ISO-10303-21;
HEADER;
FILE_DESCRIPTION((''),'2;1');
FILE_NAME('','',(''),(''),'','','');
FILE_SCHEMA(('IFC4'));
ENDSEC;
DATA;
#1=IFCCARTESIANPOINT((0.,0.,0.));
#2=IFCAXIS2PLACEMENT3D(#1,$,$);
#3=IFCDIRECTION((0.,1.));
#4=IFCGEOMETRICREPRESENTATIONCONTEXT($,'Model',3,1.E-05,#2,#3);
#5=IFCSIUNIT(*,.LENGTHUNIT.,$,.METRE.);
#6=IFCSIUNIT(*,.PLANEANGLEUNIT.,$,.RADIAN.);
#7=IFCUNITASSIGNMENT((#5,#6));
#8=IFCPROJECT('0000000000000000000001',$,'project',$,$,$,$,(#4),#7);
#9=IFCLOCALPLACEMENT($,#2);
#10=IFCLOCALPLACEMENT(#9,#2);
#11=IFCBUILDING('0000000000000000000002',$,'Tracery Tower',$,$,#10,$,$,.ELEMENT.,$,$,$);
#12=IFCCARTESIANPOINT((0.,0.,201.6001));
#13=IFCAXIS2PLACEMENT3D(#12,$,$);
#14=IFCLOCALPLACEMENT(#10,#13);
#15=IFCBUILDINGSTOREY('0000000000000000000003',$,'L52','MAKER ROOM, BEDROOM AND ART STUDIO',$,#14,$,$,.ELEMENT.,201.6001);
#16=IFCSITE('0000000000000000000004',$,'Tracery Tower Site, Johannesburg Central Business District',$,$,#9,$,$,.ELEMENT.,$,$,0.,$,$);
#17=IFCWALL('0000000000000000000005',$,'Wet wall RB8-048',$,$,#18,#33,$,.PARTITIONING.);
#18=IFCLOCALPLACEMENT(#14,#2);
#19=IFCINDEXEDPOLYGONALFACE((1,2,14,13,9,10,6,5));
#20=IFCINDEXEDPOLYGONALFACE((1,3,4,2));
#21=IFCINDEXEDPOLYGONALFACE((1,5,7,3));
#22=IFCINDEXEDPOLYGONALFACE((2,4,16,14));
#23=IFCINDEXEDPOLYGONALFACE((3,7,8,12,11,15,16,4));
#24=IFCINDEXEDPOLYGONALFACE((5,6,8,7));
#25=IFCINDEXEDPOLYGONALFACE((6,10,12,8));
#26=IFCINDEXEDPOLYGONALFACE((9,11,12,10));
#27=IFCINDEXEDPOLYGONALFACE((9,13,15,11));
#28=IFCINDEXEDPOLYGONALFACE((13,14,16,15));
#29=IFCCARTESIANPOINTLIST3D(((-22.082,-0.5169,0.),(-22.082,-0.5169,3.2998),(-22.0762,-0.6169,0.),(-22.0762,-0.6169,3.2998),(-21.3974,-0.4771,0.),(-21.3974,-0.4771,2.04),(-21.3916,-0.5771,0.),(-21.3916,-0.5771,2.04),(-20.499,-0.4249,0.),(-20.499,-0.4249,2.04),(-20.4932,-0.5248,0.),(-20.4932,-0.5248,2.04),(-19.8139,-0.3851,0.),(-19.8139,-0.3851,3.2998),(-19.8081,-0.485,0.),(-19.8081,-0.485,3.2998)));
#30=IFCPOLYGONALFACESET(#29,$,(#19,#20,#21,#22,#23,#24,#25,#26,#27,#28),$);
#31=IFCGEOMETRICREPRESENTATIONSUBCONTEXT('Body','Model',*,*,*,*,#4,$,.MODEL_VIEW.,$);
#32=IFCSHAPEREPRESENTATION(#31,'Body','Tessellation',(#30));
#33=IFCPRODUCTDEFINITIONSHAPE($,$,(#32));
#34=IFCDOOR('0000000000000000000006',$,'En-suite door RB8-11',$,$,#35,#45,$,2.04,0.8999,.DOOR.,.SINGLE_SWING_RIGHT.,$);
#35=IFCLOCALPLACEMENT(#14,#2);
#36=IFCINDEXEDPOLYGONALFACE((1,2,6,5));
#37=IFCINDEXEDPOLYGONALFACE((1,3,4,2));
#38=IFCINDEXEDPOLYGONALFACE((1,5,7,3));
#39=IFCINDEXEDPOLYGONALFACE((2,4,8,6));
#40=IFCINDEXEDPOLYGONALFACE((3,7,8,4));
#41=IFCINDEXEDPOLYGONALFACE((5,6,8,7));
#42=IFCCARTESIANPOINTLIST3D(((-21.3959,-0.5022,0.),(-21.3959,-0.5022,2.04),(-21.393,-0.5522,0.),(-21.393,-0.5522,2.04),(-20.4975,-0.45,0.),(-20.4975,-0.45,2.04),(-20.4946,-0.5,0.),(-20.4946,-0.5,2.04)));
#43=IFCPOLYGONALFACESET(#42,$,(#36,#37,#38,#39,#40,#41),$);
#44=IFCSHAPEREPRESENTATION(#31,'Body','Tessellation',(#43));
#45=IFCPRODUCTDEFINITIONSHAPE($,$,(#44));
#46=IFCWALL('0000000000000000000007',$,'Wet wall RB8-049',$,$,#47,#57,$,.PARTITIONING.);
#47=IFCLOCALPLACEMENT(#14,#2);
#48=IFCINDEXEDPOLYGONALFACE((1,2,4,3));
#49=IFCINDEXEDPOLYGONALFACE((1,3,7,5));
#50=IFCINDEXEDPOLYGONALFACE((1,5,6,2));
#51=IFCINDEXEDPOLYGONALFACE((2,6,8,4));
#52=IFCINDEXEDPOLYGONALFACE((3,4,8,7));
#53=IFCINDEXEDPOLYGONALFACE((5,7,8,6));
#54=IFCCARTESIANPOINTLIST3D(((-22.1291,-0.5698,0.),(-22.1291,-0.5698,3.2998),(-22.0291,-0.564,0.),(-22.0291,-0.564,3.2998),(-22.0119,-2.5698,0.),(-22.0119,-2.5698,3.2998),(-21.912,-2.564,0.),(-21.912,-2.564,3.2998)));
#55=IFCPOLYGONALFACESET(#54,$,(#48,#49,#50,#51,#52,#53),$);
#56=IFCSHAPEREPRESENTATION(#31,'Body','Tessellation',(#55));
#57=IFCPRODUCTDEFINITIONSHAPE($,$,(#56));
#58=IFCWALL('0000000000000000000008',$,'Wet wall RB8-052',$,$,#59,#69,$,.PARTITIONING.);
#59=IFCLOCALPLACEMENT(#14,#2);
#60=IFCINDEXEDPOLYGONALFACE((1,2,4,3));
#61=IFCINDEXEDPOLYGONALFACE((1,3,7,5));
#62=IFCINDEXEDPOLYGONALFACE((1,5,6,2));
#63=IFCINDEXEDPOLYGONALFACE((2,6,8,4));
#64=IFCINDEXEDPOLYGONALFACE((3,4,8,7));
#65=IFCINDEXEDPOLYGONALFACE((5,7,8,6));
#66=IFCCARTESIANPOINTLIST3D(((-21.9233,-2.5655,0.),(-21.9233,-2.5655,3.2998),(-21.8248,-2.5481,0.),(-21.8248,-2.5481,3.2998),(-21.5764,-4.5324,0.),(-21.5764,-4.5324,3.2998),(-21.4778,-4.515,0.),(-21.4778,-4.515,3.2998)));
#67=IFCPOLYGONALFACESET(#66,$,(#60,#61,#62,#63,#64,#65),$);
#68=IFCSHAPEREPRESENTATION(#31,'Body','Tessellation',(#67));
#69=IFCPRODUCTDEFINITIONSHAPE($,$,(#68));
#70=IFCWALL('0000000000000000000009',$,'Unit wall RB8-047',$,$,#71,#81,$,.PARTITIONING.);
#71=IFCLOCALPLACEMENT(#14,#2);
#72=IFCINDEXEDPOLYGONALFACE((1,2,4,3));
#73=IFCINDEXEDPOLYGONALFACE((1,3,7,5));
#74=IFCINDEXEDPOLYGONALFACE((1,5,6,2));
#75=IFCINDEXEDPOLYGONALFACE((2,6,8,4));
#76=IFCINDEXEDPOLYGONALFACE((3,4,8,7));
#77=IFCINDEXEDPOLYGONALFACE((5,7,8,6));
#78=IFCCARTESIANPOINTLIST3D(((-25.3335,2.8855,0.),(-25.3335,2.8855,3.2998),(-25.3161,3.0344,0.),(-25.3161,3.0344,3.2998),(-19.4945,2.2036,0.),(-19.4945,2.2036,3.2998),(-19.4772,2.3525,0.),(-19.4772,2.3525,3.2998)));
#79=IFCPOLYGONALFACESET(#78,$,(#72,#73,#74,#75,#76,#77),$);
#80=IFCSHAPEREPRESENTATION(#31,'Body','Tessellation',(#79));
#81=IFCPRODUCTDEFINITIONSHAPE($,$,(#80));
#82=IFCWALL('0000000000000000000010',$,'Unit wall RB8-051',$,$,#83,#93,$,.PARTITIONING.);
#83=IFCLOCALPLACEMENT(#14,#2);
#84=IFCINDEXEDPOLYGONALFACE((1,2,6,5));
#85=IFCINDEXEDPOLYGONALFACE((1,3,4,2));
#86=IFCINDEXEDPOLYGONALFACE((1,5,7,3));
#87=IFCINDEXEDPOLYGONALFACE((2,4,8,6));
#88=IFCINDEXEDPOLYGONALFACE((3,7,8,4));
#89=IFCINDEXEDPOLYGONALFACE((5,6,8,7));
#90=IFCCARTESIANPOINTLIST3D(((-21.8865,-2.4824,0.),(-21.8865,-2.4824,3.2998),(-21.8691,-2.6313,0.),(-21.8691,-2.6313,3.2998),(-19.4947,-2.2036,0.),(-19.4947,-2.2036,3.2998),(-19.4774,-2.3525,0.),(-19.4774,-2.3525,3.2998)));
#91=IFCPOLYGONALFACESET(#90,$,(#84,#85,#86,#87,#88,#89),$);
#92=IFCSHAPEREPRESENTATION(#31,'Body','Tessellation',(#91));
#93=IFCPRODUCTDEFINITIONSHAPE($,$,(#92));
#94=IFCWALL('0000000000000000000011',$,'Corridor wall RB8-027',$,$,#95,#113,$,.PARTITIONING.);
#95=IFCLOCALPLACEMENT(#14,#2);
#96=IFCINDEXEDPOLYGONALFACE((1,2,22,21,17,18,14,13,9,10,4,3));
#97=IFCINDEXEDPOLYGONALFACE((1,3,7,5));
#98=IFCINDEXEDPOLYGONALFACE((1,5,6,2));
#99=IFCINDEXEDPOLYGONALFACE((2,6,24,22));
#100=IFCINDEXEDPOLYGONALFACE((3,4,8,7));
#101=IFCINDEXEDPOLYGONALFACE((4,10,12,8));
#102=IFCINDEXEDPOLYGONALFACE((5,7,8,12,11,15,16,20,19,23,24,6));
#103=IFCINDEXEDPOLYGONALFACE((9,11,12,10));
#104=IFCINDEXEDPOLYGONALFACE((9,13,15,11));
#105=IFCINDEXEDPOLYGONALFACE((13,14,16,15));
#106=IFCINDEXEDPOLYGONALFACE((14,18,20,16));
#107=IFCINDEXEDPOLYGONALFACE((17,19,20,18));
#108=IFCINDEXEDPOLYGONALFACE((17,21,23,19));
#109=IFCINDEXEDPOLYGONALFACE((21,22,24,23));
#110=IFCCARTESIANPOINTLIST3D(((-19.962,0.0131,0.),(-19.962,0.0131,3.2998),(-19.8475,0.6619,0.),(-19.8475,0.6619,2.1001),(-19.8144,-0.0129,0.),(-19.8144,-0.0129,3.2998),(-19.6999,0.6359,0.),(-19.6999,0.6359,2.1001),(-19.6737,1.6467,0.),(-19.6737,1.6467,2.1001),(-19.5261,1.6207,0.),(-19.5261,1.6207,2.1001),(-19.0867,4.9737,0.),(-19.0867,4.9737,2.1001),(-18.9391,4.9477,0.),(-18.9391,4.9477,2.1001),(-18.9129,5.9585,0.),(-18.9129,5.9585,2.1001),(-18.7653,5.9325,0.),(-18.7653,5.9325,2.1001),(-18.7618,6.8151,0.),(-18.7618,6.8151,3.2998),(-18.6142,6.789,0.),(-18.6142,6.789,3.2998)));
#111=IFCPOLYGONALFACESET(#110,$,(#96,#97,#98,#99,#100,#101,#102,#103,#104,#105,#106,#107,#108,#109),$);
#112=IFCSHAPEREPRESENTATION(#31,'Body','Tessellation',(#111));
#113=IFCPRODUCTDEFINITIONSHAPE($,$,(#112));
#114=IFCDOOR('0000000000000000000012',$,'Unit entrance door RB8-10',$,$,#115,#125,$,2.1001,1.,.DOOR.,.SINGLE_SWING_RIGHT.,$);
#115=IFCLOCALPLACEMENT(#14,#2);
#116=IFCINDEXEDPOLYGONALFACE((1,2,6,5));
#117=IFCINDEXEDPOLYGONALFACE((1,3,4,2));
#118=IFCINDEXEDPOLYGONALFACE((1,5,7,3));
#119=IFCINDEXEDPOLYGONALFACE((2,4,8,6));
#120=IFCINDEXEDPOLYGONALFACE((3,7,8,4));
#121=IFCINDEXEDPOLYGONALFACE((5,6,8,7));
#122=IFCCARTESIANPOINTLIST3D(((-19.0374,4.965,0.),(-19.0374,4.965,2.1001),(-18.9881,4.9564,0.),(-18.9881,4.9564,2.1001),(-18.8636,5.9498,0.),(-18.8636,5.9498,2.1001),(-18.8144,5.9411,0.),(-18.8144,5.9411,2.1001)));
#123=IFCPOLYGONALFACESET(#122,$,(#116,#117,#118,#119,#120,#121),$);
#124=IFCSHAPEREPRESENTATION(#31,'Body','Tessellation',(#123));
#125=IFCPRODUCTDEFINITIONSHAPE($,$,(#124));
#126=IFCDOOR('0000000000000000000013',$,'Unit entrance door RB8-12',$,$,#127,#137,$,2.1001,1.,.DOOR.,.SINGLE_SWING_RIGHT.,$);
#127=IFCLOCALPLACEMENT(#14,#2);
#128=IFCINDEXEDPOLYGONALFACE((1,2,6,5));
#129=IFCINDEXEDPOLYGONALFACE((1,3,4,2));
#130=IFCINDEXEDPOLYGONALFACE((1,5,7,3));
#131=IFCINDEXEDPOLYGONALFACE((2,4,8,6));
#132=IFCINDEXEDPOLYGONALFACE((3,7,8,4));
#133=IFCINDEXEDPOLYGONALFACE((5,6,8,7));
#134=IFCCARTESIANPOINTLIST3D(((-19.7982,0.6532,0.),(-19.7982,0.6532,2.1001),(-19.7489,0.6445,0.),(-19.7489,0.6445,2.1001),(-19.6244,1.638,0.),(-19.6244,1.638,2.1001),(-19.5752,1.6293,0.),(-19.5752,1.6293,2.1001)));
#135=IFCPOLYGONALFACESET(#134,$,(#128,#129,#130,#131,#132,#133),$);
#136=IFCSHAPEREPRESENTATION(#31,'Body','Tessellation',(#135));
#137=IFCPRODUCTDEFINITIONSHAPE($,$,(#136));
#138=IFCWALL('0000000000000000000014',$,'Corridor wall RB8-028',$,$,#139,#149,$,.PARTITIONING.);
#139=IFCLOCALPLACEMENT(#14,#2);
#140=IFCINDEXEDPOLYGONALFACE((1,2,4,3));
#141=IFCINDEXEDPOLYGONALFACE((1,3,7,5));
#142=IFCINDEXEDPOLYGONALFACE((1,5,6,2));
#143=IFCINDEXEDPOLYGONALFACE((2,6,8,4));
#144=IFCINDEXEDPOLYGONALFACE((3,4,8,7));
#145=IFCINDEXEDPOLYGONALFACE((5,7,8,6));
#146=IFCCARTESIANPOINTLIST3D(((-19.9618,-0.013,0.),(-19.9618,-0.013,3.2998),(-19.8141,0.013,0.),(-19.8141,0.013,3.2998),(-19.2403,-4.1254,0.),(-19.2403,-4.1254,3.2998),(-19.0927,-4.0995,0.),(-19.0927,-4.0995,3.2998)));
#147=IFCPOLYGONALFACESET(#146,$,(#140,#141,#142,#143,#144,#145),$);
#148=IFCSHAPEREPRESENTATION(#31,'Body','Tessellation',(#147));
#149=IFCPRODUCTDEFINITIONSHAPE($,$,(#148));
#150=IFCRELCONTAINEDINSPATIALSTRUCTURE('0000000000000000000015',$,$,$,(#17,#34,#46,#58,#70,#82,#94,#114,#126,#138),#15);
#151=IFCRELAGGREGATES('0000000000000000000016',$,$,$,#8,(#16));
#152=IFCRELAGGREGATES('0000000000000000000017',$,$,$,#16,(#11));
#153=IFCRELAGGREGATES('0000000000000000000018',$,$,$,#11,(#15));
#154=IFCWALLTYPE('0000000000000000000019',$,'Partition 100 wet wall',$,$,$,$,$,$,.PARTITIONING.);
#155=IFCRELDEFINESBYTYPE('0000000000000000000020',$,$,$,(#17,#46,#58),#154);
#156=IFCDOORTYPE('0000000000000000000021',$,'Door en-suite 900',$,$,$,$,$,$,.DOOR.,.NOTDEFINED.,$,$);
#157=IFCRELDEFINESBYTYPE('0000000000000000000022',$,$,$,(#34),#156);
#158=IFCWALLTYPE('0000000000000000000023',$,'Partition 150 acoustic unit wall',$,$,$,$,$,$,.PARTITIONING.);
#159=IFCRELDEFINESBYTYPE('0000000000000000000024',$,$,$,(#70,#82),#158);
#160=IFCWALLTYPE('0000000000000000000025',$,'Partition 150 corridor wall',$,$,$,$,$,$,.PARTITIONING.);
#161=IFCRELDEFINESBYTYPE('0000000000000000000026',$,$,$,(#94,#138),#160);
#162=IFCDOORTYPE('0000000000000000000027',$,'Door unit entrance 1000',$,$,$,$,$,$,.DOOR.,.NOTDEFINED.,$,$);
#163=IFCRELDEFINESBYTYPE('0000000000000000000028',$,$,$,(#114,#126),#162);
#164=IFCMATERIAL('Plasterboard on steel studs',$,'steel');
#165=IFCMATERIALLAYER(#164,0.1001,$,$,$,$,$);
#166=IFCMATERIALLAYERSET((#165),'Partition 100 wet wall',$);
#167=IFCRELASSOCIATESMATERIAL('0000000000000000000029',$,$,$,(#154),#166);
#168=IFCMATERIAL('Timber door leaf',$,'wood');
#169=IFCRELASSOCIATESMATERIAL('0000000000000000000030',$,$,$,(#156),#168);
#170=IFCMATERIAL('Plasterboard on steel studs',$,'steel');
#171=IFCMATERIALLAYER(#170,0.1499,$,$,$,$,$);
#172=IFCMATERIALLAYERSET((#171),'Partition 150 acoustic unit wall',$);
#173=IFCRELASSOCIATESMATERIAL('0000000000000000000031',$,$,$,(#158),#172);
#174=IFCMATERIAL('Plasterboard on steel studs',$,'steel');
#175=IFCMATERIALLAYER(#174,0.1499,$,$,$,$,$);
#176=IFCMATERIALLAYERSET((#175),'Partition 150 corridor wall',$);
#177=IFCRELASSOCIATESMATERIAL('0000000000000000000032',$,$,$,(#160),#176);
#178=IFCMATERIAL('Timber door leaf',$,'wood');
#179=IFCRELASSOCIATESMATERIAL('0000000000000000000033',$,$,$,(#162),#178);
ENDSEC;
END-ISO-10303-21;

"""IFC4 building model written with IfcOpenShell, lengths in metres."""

from ifc_helpers import new_model, si_unit, direction, frame, frame_2d, origin, place, context, subcontext, project, spatial, rectangle, extrude, material, layer, layer_set, type_object, element, fill, save


model = new_model("IFC4")

# Units and contexts
model_context = context("Model", 3, precision=1e-05, world=origin(), true_north=direction((0.0, 1.0)))
body_context = subcontext(model_context, "Body", "Model", "MODEL_VIEW")
ifc_project = project(units=[si_unit("LENGTHUNIT", "METRE"), si_unit("PLANEANGLEUNIT", "RADIAN")], contexts=[model_context])

# Site, building, storey
site_placement = place(None, origin())
site = spatial("IfcSite", under=ifc_project, at=site_placement, Name="Tracery Tower Site, Johannesburg Central Business District", CompositionType="ELEMENT", RefElevation=0.0)
building_placement = place(site_placement, origin())
building = spatial("IfcBuilding", under=site, at=building_placement, Name="Tracery Tower", CompositionType="ELEMENT")
storey_placement = place(building_placement, frame((0.0, 0.0, 201.6001)))
storey = spatial("IfcBuildingStorey", under=building, at=storey_placement, Name="L52", Description="MAKER ROOM, BEDROOM AND ART STUDIO", CompositionType="ELEMENT", Elevation=201.6001)

# Shared definitions
ifc_material_1 = material(Name="Plasterboard on steel studs", Category="steel")
ifc_layer_1 = layer(ifc_material_1, 0.1001)
ifc_layer_set_1 = layer_set([ifc_layer_1], Name="Partition 100 wet wall")
wall_type_1 = type_object("IfcWallType", Name="Partition 100 wet wall", PredefinedType="PARTITIONING", material=ifc_layer_set_1)
ifc_material_2 = material(Name="Timber door leaf", Category="wood")
door_type_1 = type_object("IfcDoorType", Name="Door en-suite 900", OperationType="NOTDEFINED", PredefinedType="DOOR", material=ifc_material_2)

# Wall, opening, door
wall_1_placement = place(storey_placement, frame((-22.0791, -0.5669, 0.0), z_axis=(0.0, 0.0, 1.0), x_axis=(0.998315, 0.058029, 0.0)))
wall_1 = element("IfcWall", 1, at=wall_1_placement, inside=storey, type_object=wall_type_1, Name="Wet wall RB8-048", PredefinedType="PARTITIONING", context=body_context, shape_type="SweptSolid", body=[
    extrude(rectangle(XDim=2.272, YDim=0.1001, at=frame_2d((1.136, 0.0))), origin(), (0.0, 0.0, 1.0), 3.2998),
])
opening_1_placement = place(wall_1_placement, frame((0.6858, 0.0, 0.0)))
opening_1 = element("IfcOpeningElement", 2, at=opening_1_placement, cuts=wall_1, PredefinedType="OPENING", context=body_context, shape_type="SweptSolid", body=[
    extrude(rectangle(XDim=0.8999, YDim=2.04, at=frame_2d((0.45, 1.02))), frame((0.0, 0.05, 0.0), z_axis=(0.0, -1.0, 0.0), x_axis=(1.0, 0.0, 0.0)), (0.0, 0.0, 1.0), 0.1001),
])
door_1_placement = place(opening_1_placement, origin())
door_1 = element("IfcDoor", 3, at=door_1_placement, inside=storey, type_object=door_type_1, Name="En-suite door RB8-11", OperationType="SINGLE_SWING_RIGHT", OverallHeight=2.04, OverallWidth=0.8999, PredefinedType="DOOR", context=body_context, shape_type="SweptSolid", body=[
    extrude(rectangle(XDim=0.8999, YDim=2.04, at=frame_2d((0.45, 1.02))), frame((0.0, 0.0249, 0.0), z_axis=(0.0, -1.0, 0.0), x_axis=(1.0, 0.0, 0.0)), (0.0, 0.0, 1.0), 0.05),
])
fill(opening_1, door_1)

# Walls
wall_2_placement = place(storey_placement, frame((-22.0791, -0.5669, 0.0), z_axis=(0.0, 0.0, 1.0), x_axis=(0.058493, -0.998288, 0.0)))
element("IfcWall", 4, at=wall_2_placement, inside=storey, type_object=wall_type_1, Name="Wet wall RB8-049", PredefinedType="PARTITIONING", context=body_context, shape_type="SweptSolid", body=[
    extrude(rectangle(XDim=2.0034, YDim=0.1001, at=frame_2d((1.0017, 0.0))), origin(), (0.0, 0.0, 1.0), 3.2998),
])
wall_3_placement = place(storey_placement, frame((-21.874, -2.5569, 0.0), z_axis=(0.0, 0.0, 1.0), x_axis=(0.173688, -0.984801, 0.0)))
element("IfcWall", 5, at=wall_3_placement, inside=storey, type_object=wall_type_1, Name="Wet wall RB8-052", PredefinedType="PARTITIONING", context=body_context, shape_type="SweptSolid", body=[
    extrude(rectangle(XDim=1.9973, YDim=0.1001, at=frame_2d((0.9985, 0.0))), origin(), (0.0, 0.0, 1.0), 3.2998),
])
ifc_material_3 = material(Name="Plasterboard on steel studs", Category="steel")
ifc_layer_2 = layer(ifc_material_3, 0.1499)
ifc_layer_set_2 = layer_set([ifc_layer_2], Name="Partition 150 acoustic unit wall")
wall_type_2 = type_object("IfcWallType", Name="Partition 150 acoustic unit wall", PredefinedType="PARTITIONING", material=ifc_layer_set_2)
wall_4_placement = place(storey_placement, frame((-25.325, 2.96, 0.0), z_axis=(0.0, 0.0, 1.0), x_axis=(0.99325, -0.115995, 0.0)))
element("IfcWall", 6, at=wall_4_placement, inside=storey, type_object=wall_type_2, Name="Unit wall RB8-047", PredefinedType="PARTITIONING", context=body_context, shape_type="SweptSolid", body=[
    extrude(rectangle(XDim=5.8787, YDim=0.1499, at=frame_2d((2.9395, 0.0))), origin(), (0.0, 0.0, 1.0), 3.2998),
])
wall_5_placement = place(storey_placement, frame((-21.8779, -2.5569, 0.0), z_axis=(0.0, 0.0, 1.0), x_axis=(0.993275, 0.115782, 0.0)))
element("IfcWall", 7, at=wall_5_placement, inside=storey, type_object=wall_type_2, Name="Unit wall RB8-051", PredefinedType="PARTITIONING", context=body_context, shape_type="SweptSolid", body=[
    extrude(rectangle(XDim=2.408, YDim=0.1499, at=frame_2d((1.2041, 0.0))), origin(), (0.0, 0.0, 1.0), 3.2998),
])

# Wall, openings, doors
ifc_material_4 = material(Name="Plasterboard on steel studs", Category="steel")
ifc_layer_3 = layer(ifc_material_4, 0.1499)
ifc_layer_set_3 = layer_set([ifc_layer_3], Name="Partition 150 corridor wall")
wall_type_3 = type_object("IfcWallType", Name="Partition 150 corridor wall", PredefinedType="PARTITIONING", material=ifc_layer_set_3)
wall_6_placement = place(storey_placement, frame((-19.8882, 0.0, 0.0), z_axis=(0.0, 0.0, 1.0), x_axis=(0.173763, 0.984787, 0.0)))
wall_6 = element("IfcWall", 8, at=wall_6_placement, inside=storey, type_object=wall_type_3, Name="Corridor wall RB8-027", PredefinedType="PARTITIONING", context=body_context, shape_type="SweptSolid", body=[
    extrude(rectangle(XDim=6.907, YDim=0.1499, at=frame_2d((3.4536, 0.0))), origin(), (0.0, 0.0, 1.0), 3.2998),
])
opening_2_placement = place(wall_6_placement, frame((5.0374, 0.0, 0.0)))
opening_2 = element("IfcOpeningElement", 9, at=opening_2_placement, cuts=wall_6, PredefinedType="OPENING", context=body_context, shape_type="SweptSolid", body=[
    extrude(rectangle(XDim=1.0, YDim=2.1001, at=frame_2d((0.5, 1.05))), frame((0.0, 0.075, 0.0), z_axis=(0.0, -1.0, 0.0), x_axis=(1.0, 0.0, 0.0)), (0.0, 0.0, 1.0), 0.1499),
])
opening_3_placement = place(wall_6_placement, frame((0.6589, 0.0, 0.0)))
opening_3 = element("IfcOpeningElement", 10, at=opening_3_placement, cuts=wall_6, PredefinedType="OPENING", context=body_context, shape_type="SweptSolid", body=[
    extrude(rectangle(XDim=1.0, YDim=2.1001, at=frame_2d((0.5, 1.05))), frame((0.0, 0.075, 0.0), z_axis=(0.0, -1.0, 0.0), x_axis=(1.0, 0.0, 0.0)), (0.0, 0.0, 1.0), 0.1499),
])
ifc_material_5 = material(Name="Timber door leaf", Category="wood")
door_type_2 = type_object("IfcDoorType", Name="Door unit entrance 1000", OperationType="NOTDEFINED", PredefinedType="DOOR", material=ifc_material_5)
door_2_placement = place(opening_2_placement, origin())
door_2 = element("IfcDoor", 11, at=door_2_placement, inside=storey, type_object=door_type_2, Name="Unit entrance door RB8-10", OperationType="SINGLE_SWING_RIGHT", OverallHeight=2.1001, OverallWidth=1.0, PredefinedType="DOOR", context=body_context, shape_type="SweptSolid", body=[
    extrude(rectangle(XDim=1.0, YDim=2.1001, at=frame_2d((0.5, 1.05))), frame((0.0, 0.0249, 0.0), z_axis=(0.0, -1.0, 0.0), x_axis=(1.0, 0.0, 0.0)), (0.0, 0.0, 1.0), 0.05),
])
fill(opening_2, door_2)
door_3_placement = place(opening_3_placement, origin())
door_3 = element("IfcDoor", 12, at=door_3_placement, inside=storey, type_object=door_type_2, Name="Unit entrance door RB8-12", OperationType="SINGLE_SWING_RIGHT", OverallHeight=2.1001, OverallWidth=1.0, PredefinedType="DOOR", context=body_context, shape_type="SweptSolid", body=[
    extrude(rectangle(XDim=1.0, YDim=2.1001, at=frame_2d((0.5, 1.05))), frame((0.0, 0.0249, 0.0), z_axis=(0.0, -1.0, 0.0), x_axis=(1.0, 0.0, 0.0)), (0.0, 0.0, 1.0), 0.05),
])
fill(opening_3, door_3)

# Wall
wall_7_placement = place(storey_placement, frame((-19.8879, 0.0, 0.0), z_axis=(0.0, 0.0, 1.0), x_axis=(0.172785, -0.98496, 0.0)))
element("IfcWall", 13, at=wall_7_placement, inside=storey, type_object=wall_type_3, Name="Corridor wall RB8-028", PredefinedType="PARTITIONING", context=body_context, shape_type="SweptSolid", body=[
    extrude(rectangle(XDim=4.1753, YDim=0.1499, at=frame_2d((2.0876, 0.0))), origin(), (0.0, 0.0, 1.0), 3.2998),
])

save(model, "model.ifc")
